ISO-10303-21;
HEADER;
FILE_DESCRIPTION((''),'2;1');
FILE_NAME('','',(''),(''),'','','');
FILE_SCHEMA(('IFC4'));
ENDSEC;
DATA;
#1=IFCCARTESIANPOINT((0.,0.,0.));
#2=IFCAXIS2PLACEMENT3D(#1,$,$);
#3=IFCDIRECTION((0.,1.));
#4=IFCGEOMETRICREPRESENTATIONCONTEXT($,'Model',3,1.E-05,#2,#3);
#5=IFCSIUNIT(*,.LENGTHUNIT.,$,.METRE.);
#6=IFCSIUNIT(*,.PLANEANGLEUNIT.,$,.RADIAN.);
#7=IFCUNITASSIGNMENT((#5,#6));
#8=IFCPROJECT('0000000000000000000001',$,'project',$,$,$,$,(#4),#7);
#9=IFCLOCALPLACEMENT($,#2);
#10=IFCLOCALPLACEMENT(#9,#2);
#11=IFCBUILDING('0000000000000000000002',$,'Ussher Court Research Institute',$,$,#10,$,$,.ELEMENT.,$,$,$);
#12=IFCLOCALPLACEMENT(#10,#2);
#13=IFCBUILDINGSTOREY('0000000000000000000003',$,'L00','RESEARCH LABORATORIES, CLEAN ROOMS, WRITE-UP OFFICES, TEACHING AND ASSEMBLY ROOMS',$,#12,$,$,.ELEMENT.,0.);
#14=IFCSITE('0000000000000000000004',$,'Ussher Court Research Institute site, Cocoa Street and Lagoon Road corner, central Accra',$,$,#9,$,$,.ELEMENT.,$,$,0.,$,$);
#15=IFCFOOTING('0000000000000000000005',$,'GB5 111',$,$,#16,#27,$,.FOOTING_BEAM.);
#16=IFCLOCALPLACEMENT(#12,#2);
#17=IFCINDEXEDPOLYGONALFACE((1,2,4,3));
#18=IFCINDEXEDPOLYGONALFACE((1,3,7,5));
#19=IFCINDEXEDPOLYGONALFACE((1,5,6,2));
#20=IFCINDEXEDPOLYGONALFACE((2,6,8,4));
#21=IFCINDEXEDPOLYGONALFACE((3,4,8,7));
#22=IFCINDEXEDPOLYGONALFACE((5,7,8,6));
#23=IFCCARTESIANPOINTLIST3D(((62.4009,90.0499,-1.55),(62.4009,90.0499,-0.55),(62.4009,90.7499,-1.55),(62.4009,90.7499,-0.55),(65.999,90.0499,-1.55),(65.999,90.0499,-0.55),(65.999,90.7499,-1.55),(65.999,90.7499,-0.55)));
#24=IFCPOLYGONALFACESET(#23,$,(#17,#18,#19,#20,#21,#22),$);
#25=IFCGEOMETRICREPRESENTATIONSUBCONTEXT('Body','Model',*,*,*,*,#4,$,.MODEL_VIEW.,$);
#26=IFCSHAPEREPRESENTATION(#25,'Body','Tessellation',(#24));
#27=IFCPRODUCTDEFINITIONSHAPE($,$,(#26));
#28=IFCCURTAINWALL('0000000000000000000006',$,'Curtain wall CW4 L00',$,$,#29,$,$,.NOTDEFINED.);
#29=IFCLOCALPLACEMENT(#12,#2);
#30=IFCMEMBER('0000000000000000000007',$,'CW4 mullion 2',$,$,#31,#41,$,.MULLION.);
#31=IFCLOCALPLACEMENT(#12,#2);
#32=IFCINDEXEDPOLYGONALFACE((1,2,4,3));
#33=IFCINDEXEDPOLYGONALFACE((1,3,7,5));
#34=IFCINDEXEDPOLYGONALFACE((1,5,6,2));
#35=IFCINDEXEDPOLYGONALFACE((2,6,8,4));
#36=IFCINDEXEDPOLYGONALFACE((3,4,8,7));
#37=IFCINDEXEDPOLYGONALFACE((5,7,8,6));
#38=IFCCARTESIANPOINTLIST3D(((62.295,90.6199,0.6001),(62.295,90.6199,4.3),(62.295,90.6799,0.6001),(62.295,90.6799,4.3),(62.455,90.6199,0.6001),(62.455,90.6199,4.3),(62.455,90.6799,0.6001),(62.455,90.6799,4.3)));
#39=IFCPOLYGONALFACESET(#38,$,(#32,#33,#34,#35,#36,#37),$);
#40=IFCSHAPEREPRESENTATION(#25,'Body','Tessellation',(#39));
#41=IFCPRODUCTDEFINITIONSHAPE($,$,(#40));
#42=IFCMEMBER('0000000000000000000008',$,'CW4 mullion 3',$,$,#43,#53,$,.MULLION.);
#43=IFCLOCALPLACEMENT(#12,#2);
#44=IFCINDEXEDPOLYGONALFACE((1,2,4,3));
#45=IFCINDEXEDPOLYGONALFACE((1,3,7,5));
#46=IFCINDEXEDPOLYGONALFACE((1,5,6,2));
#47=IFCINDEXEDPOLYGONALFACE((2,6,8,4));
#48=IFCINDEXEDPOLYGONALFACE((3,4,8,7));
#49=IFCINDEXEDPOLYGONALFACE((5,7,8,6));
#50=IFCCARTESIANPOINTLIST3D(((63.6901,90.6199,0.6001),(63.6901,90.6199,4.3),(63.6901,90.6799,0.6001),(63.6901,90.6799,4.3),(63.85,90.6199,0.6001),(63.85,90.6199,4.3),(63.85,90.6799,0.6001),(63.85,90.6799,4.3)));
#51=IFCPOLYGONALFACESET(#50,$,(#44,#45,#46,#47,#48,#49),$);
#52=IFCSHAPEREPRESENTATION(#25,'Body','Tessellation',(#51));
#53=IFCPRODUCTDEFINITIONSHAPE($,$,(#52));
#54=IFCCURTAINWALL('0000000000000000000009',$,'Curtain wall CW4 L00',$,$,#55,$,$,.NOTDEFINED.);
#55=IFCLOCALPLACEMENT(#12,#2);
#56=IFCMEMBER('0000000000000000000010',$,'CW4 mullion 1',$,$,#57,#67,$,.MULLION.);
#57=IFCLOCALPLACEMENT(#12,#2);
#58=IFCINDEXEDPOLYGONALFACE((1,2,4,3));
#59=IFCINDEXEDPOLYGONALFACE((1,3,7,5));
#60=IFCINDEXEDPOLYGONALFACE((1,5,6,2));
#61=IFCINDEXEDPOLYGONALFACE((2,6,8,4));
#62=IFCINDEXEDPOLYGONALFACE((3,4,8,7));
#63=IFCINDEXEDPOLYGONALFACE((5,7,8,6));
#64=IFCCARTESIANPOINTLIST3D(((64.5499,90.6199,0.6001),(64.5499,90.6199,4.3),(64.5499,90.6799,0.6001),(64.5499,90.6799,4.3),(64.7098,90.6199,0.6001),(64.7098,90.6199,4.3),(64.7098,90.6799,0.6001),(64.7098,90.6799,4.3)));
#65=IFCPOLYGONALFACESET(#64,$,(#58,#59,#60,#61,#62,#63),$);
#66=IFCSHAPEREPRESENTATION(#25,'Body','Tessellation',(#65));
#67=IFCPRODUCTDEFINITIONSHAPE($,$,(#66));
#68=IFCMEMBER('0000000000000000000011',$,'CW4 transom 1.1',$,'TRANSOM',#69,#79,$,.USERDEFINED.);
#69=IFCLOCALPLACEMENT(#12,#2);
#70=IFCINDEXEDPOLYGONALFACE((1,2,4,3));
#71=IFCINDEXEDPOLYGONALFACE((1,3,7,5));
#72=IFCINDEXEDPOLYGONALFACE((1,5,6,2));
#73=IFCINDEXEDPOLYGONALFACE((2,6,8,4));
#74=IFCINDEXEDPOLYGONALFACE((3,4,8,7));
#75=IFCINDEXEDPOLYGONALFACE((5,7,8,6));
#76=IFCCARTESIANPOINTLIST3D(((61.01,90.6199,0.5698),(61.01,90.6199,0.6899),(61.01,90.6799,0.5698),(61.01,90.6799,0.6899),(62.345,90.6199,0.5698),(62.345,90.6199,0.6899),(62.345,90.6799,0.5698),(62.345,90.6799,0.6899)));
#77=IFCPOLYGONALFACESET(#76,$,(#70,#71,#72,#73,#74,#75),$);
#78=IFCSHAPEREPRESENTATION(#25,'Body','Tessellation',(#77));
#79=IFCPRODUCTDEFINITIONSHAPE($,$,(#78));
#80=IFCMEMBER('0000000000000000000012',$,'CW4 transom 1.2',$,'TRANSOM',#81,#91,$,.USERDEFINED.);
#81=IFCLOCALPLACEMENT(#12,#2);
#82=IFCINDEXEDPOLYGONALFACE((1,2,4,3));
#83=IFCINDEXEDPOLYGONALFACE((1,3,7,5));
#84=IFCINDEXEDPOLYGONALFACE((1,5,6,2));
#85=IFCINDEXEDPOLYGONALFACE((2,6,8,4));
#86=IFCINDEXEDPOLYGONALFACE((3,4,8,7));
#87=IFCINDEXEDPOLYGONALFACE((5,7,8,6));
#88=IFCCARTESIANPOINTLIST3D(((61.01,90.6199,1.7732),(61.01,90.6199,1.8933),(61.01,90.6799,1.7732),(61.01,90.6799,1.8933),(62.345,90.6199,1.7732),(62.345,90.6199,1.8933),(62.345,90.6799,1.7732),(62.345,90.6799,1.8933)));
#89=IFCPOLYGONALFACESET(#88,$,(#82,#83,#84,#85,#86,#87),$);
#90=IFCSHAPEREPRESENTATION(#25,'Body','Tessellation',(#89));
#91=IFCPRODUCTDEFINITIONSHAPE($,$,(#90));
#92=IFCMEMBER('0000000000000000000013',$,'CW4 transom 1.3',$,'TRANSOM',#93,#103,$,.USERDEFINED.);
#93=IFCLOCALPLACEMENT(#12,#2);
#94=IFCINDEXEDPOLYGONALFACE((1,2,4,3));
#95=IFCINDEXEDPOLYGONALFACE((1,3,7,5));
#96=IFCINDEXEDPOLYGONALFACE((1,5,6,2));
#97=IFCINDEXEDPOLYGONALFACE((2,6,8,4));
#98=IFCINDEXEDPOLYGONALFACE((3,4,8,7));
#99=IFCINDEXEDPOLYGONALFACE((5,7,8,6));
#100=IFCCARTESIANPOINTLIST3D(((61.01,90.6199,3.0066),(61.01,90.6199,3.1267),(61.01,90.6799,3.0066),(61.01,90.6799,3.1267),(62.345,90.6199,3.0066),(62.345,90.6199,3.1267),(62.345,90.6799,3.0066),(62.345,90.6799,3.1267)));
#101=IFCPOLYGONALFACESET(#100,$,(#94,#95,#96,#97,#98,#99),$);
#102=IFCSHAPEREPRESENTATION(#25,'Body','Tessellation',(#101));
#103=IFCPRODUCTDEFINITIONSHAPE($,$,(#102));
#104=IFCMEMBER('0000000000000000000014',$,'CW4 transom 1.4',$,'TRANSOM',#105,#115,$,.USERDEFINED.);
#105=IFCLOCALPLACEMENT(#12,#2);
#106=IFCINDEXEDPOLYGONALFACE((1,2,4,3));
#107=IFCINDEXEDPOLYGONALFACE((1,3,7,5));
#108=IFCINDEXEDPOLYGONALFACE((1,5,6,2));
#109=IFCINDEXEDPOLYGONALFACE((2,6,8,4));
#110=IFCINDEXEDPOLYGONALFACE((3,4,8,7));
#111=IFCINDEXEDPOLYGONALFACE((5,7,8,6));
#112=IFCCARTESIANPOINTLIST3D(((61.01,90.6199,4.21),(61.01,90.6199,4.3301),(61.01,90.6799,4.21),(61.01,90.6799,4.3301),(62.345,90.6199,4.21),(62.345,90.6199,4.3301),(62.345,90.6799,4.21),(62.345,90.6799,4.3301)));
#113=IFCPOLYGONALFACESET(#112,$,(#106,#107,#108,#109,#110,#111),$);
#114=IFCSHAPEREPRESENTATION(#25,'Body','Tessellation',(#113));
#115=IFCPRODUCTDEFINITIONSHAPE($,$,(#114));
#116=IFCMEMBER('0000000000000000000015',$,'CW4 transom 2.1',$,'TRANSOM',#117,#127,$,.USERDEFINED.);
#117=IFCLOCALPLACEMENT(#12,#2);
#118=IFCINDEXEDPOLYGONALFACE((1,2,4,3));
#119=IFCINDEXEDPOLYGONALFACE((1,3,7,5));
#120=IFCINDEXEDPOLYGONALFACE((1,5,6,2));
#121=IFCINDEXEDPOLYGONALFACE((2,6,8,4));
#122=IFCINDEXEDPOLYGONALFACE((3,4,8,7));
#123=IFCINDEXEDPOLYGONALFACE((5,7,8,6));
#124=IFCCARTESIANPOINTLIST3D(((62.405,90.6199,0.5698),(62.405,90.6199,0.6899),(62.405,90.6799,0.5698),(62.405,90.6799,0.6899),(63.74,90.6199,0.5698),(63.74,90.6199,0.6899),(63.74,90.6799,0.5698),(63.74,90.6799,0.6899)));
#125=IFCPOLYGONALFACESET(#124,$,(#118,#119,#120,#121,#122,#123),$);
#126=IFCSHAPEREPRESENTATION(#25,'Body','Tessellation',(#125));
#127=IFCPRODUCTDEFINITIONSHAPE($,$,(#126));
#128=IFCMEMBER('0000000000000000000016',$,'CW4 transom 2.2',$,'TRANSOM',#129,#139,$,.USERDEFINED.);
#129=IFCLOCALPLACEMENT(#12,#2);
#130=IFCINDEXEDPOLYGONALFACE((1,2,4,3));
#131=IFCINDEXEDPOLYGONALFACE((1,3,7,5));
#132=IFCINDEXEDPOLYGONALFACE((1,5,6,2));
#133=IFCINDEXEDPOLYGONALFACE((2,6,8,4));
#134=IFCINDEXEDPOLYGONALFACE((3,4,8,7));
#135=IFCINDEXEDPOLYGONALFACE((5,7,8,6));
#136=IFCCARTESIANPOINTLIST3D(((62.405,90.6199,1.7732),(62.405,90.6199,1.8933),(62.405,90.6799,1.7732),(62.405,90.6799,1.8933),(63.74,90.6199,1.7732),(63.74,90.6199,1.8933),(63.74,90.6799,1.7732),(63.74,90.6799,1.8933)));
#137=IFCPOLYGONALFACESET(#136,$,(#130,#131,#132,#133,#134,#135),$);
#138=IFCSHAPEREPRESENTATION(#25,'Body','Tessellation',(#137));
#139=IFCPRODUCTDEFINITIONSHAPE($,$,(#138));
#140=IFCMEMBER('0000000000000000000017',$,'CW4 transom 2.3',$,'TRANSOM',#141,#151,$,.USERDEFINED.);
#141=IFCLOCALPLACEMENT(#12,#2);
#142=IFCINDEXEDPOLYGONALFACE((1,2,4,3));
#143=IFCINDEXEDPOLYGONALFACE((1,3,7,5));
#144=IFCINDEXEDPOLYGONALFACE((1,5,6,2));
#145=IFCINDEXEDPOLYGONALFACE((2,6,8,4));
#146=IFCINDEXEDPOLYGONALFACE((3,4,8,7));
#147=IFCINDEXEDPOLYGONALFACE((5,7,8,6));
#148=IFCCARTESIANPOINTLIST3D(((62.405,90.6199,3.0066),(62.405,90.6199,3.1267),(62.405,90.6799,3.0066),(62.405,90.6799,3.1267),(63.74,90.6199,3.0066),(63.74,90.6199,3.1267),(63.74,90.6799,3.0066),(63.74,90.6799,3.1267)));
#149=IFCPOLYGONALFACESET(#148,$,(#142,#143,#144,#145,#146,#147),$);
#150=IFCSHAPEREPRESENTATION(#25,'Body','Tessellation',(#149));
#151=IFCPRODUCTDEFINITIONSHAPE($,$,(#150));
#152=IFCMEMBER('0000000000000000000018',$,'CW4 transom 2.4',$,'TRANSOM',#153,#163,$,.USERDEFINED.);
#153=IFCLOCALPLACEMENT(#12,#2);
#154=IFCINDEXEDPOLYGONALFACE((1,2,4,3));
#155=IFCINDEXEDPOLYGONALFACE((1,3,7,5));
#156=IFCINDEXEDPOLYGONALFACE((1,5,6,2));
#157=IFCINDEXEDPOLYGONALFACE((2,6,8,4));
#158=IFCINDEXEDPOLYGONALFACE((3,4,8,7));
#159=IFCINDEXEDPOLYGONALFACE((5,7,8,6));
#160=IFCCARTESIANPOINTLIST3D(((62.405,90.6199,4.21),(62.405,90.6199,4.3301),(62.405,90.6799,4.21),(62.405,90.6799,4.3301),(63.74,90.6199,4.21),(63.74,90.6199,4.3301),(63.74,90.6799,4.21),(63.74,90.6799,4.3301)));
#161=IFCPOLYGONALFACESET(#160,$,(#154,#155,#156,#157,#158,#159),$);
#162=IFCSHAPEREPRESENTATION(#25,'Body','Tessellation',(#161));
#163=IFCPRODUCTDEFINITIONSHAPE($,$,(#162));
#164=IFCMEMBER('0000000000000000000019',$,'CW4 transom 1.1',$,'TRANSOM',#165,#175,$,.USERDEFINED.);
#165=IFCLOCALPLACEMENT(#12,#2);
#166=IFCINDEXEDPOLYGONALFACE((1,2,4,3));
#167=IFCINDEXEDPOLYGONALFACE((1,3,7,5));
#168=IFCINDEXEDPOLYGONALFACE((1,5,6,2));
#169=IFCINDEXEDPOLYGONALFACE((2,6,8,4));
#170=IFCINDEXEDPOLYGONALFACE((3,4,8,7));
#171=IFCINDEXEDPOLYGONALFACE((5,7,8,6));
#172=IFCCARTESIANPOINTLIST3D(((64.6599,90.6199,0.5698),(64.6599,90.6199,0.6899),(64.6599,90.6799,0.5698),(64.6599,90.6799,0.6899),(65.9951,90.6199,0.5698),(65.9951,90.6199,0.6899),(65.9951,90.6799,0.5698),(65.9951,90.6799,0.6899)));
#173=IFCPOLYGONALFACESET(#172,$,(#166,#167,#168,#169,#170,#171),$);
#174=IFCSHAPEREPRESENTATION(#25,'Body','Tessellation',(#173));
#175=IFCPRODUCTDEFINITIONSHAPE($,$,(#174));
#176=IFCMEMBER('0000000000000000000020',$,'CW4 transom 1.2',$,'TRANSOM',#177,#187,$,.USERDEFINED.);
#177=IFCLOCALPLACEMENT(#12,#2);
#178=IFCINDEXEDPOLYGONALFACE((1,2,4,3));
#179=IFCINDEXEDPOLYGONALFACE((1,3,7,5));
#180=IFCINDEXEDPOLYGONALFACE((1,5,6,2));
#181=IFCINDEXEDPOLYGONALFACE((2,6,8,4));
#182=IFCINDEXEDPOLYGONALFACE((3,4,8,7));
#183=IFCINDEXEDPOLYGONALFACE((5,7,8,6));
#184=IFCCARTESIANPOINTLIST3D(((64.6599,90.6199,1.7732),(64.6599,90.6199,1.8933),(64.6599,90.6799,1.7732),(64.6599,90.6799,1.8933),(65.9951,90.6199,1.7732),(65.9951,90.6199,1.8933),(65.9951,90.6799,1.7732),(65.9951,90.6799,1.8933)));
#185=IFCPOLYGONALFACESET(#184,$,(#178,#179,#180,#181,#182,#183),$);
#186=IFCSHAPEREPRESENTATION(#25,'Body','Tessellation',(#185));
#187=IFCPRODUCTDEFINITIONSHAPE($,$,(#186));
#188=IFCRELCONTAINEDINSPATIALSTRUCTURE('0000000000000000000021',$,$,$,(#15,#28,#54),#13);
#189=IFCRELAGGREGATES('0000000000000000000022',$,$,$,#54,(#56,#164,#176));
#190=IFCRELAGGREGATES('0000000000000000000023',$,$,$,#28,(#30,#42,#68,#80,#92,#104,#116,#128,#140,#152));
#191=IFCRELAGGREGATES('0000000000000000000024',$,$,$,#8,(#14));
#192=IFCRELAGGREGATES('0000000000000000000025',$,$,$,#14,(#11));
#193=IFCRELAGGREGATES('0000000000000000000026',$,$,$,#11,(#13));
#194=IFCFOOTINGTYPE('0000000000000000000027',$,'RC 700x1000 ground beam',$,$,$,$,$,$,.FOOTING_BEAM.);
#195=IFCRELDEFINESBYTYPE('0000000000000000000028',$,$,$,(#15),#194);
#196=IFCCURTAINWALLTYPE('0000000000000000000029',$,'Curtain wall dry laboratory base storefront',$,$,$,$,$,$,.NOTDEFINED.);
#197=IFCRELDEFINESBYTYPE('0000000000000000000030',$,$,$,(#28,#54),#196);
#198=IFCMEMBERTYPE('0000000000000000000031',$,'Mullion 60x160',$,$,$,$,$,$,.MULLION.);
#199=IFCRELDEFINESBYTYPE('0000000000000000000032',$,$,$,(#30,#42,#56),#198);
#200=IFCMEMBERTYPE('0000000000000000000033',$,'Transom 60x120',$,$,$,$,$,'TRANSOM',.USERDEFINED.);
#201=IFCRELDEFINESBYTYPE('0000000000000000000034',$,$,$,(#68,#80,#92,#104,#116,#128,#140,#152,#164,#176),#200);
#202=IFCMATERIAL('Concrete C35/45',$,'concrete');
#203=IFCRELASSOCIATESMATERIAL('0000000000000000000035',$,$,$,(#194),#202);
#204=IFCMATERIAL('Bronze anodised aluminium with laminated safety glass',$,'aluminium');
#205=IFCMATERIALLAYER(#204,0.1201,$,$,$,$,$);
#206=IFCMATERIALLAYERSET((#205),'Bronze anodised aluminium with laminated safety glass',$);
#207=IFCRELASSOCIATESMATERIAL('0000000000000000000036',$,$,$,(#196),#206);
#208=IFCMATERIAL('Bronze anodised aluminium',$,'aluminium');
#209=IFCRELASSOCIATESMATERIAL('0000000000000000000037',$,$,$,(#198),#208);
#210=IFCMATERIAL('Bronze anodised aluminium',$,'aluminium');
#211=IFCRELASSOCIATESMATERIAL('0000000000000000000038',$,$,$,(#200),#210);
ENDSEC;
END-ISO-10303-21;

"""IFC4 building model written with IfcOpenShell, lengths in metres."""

from ifc_helpers import new_model, si_unit, direction, frame, origin, origin_2d, place, context, subcontext, project, spatial, rectangle, extrude, material, layer, layer_set, material_profile, profile_set, type_object, element, aggregate, save


model = new_model("IFC4")

# Units and contexts
model_context = context("Model", 3, precision=1e-05, world=origin(), true_north=direction((0.0, 1.0)))
body_context = subcontext(model_context, "Body", "Model", "MODEL_VIEW")
ifc_project = project(units=[si_unit("LENGTHUNIT", "METRE"), si_unit("PLANEANGLEUNIT", "RADIAN")], contexts=[model_context])

# Site, building, storey
site_placement = place(None, origin())
site = spatial("IfcSite", under=ifc_project, at=site_placement, Name="Ussher Court Research Institute site, Cocoa Street and Lagoon Road corner, central Accra", CompositionType="ELEMENT", RefElevation=0.0)
building_placement = place(site_placement, origin())
building = spatial("IfcBuilding", under=site, at=building_placement, Name="Ussher Court Research Institute", CompositionType="ELEMENT")
storey_placement = place(building_placement, origin())
storey = spatial("IfcBuildingStorey", under=building, at=storey_placement, Name="L00", Description="RESEARCH LABORATORIES, CLEAN ROOMS, WRITE-UP OFFICES, TEACHING AND ASSEMBLY ROOMS", CompositionType="ELEMENT", Elevation=0.0)

# Footing
ifc_material_1 = material(Name="Concrete C35/45", Category="concrete")
ifc_material_profile_1 = material_profile(ifc_material_1, rectangle(XDim=0.7, YDim=1.0, at=origin_2d()), Name="RC 700x1000")
ifc_profile_set_1 = profile_set([ifc_material_profile_1], Name="Concrete C35/45")
footing_type = type_object("IfcFootingType", Name="RC 700x1000 ground beam", PredefinedType="FOOTING_BEAM", material=ifc_profile_set_1)
footing_placement = place(storey_placement, frame((62.4009, 90.3999, -1.05), z_axis=(1.0, 0.0, 0.0), x_axis=(0.0, 1.0, 0.0)))
element("IfcFooting", 1, at=footing_placement, inside=storey, type_object=footing_type, Name="GB5 111", PredefinedType="FOOTING_BEAM", context=body_context, shape_type="SweptSolid", body=[
    extrude(rectangle(XDim=0.7, YDim=1.0, at=origin_2d()), origin(), (0.0, 0.0, 1.0), 3.5981),
])

# Curtain wall, members
ifc_material_2 = material(Name="Bronze anodised aluminium with laminated safety glass", Category="aluminium")
ifc_layer_1 = layer(ifc_material_2, 0.1201)
ifc_layer_set_1 = layer_set([ifc_layer_1], Name="Bronze anodised aluminium with laminated safety glass")
curtain_wall_type = type_object("IfcCurtainWallType", Name="Curtain wall dry laboratory base storefront", PredefinedType="NOTDEFINED", material=ifc_layer_set_1)
curtain_wall_1_placement = place(storey_placement, origin())
curtain_wall_1 = element("IfcCurtainWall", 2, at=curtain_wall_1_placement, inside=storey, type_object=curtain_wall_type, Name="Curtain wall CW4 L00", PredefinedType="NOTDEFINED")
ifc_material_3 = material(Name="Bronze anodised aluminium", Category="aluminium")
ifc_material_profile_2 = material_profile(ifc_material_3, rectangle(XDim=0.0601, YDim=0.1599, at=origin_2d()), Name="Mullion 60x160")
ifc_profile_set_2 = profile_set([ifc_material_profile_2], Name="Bronze anodised aluminium")
member_type_1 = type_object("IfcMemberType", Name="Mullion 60x160", PredefinedType="MULLION", material=ifc_profile_set_2)
member_1_placement = place(storey_placement, frame((62.375, 90.6499, 0.6001), z_axis=(0.0, 0.0, 1.0), x_axis=(0.0, 1.0, 0.0)))
member_1 = element("IfcMember", 3, at=member_1_placement, type_object=member_type_1, Name="CW4 mullion 2", PredefinedType="MULLION", context=body_context, shape_type="SweptSolid", body=[
    extrude(rectangle(XDim=0.0601, YDim=0.1599, at=origin_2d()), origin(), (0.0, 0.0, 1.0), 3.7),
])
member_2_placement = place(storey_placement, frame((63.77, 90.6499, 0.6001), z_axis=(0.0, 0.0, 1.0), x_axis=(0.0, 1.0, 0.0)))
member_2 = element("IfcMember", 4, at=member_2_placement, type_object=member_type_1, Name="CW4 mullion 3", PredefinedType="MULLION", context=body_context, shape_type="SweptSolid", body=[
    extrude(rectangle(XDim=0.0601, YDim=0.1599, at=origin_2d()), origin(), (0.0, 0.0, 1.0), 3.7),
])

# Curtain wall, member
curtain_wall_2_placement = place(storey_placement, origin())
curtain_wall_2 = element("IfcCurtainWall", 5, at=curtain_wall_2_placement, inside=storey, type_object=curtain_wall_type, Name="Curtain wall CW4 L00", PredefinedType="NOTDEFINED")
member_3_placement = place(storey_placement, frame((64.6299, 90.6499, 0.6001), z_axis=(0.0, 0.0, 1.0), x_axis=(0.0, 1.0, 0.0)))
member_3 = element("IfcMember", 6, at=member_3_placement, type_object=member_type_1, Name="CW4 mullion 1", PredefinedType="MULLION", context=body_context, shape_type="SweptSolid", body=[
    extrude(rectangle(XDim=0.0601, YDim=0.1599, at=origin_2d()), origin(), (0.0, 0.0, 1.0), 3.7),
])

# Members
ifc_material_4 = material(Name="Bronze anodised aluminium", Category="aluminium")
ifc_material_profile_3 = material_profile(ifc_material_4, rectangle(XDim=0.0601, YDim=0.1201, at=origin_2d()), Name="Transom 60x120")
ifc_profile_set_3 = profile_set([ifc_material_profile_3], Name="Bronze anodised aluminium")
member_type_2 = type_object("IfcMemberType", Name="Transom 60x120", ElementType="TRANSOM", PredefinedType="USERDEFINED", material=ifc_profile_set_3)
member_4_placement = place(storey_placement, frame((61.01, 90.6499, 0.6299), z_axis=(1.0, 0.0, 0.0), x_axis=(0.0, 1.0, 0.0)))
member_4 = element("IfcMember", 7, at=member_4_placement, type_object=member_type_2, Name="CW4 transom 1.1", ObjectType="TRANSOM", PredefinedType="USERDEFINED", context=body_context, shape_type="SweptSolid", body=[
    extrude(rectangle(XDim=0.0601, YDim=0.1201, at=origin_2d()), origin(), (0.0, 0.0, 1.0), 1.335),
])
member_5_placement = place(storey_placement, frame((61.01, 90.6499, 1.8333), z_axis=(1.0, 0.0, 0.0), x_axis=(0.0, 1.0, 0.0)))
member_5 = element("IfcMember", 8, at=member_5_placement, type_object=member_type_2, Name="CW4 transom 1.2", ObjectType="TRANSOM", PredefinedType="USERDEFINED", context=body_context, shape_type="SweptSolid", body=[
    extrude(rectangle(XDim=0.0601, YDim=0.1201, at=origin_2d()), origin(), (0.0, 0.0, 1.0), 1.335),
])
member_6_placement = place(storey_placement, frame((61.01, 90.6499, 3.0667), z_axis=(1.0, 0.0, 0.0), x_axis=(0.0, 1.0, 0.0)))
member_6 = element("IfcMember", 9, at=member_6_placement, type_object=member_type_2, Name="CW4 transom 1.3", ObjectType="TRANSOM", PredefinedType="USERDEFINED", context=body_context, shape_type="SweptSolid", body=[
    extrude(rectangle(XDim=0.0601, YDim=0.1201, at=origin_2d()), origin(), (0.0, 0.0, 1.0), 1.335),
])
member_7_placement = place(storey_placement, frame((61.01, 90.6499, 4.27), z_axis=(1.0, 0.0, 0.0), x_axis=(0.0, 1.0, 0.0)))
member_7 = element("IfcMember", 10, at=member_7_placement, type_object=member_type_2, Name="CW4 transom 1.4", ObjectType="TRANSOM", PredefinedType="USERDEFINED", context=body_context, shape_type="SweptSolid", body=[
    extrude(rectangle(XDim=0.0601, YDim=0.1201, at=origin_2d()), origin(), (0.0, 0.0, 1.0), 1.335),
])
member_8_placement = place(storey_placement, frame((62.405, 90.6499, 0.6299), z_axis=(1.0, 0.0, 0.0), x_axis=(0.0, 1.0, 0.0)))
member_8 = element("IfcMember", 11, at=member_8_placement, type_object=member_type_2, Name="CW4 transom 2.1", ObjectType="TRANSOM", PredefinedType="USERDEFINED", context=body_context, shape_type="SweptSolid", body=[
    extrude(rectangle(XDim=0.0601, YDim=0.1201, at=origin_2d()), origin(), (0.0, 0.0, 1.0), 1.335),
])
member_9_placement = place(storey_placement, frame((62.405, 90.6499, 1.8333), z_axis=(1.0, 0.0, 0.0), x_axis=(0.0, 1.0, 0.0)))
member_9 = element("IfcMember", 12, at=member_9_placement, type_object=member_type_2, Name="CW4 transom 2.2", ObjectType="TRANSOM", PredefinedType="USERDEFINED", context=body_context, shape_type="SweptSolid", body=[
    extrude(rectangle(XDim=0.0601, YDim=0.1201, at=origin_2d()), origin(), (0.0, 0.0, 1.0), 1.335),
])
member_10_placement = place(storey_placement, frame((62.405, 90.6499, 3.0667), z_axis=(1.0, 0.0, 0.0), x_axis=(0.0, 1.0, 0.0)))
member_10 = element("IfcMember", 13, at=member_10_placement, type_object=member_type_2, Name="CW4 transom 2.3", ObjectType="TRANSOM", PredefinedType="USERDEFINED", context=body_context, shape_type="SweptSolid", body=[
    extrude(rectangle(XDim=0.0601, YDim=0.1201, at=origin_2d()), origin(), (0.0, 0.0, 1.0), 1.335),
])
member_11_placement = place(storey_placement, frame((62.405, 90.6499, 4.27), z_axis=(1.0, 0.0, 0.0), x_axis=(0.0, 1.0, 0.0)))
member_11 = element("IfcMember", 14, at=member_11_placement, type_object=member_type_2, Name="CW4 transom 2.4", ObjectType="TRANSOM", PredefinedType="USERDEFINED", context=body_context, shape_type="SweptSolid", body=[
    extrude(rectangle(XDim=0.0601, YDim=0.1201, at=origin_2d()), origin(), (0.0, 0.0, 1.0), 1.335),
])
member_12_placement = place(storey_placement, frame((64.6599, 90.6499, 0.6299), z_axis=(1.0, 0.0, 0.0), x_axis=(0.0, 1.0, 0.0)))
member_12 = element("IfcMember", 15, at=member_12_placement, type_object=member_type_2, Name="CW4 transom 1.1", ObjectType="TRANSOM", PredefinedType="USERDEFINED", context=body_context, shape_type="SweptSolid", body=[
    extrude(rectangle(XDim=0.0601, YDim=0.1201, at=origin_2d()), origin(), (0.0, 0.0, 1.0), 1.3352),
])
member_13_placement = place(storey_placement, frame((64.6599, 90.6499, 1.8333), z_axis=(1.0, 0.0, 0.0), x_axis=(0.0, 1.0, 0.0)))
member_13 = element("IfcMember", 16, at=member_13_placement, type_object=member_type_2, Name="CW4 transom 1.2", ObjectType="TRANSOM", PredefinedType="USERDEFINED", context=body_context, shape_type="SweptSolid", body=[
    extrude(rectangle(XDim=0.0601, YDim=0.1201, at=origin_2d()), origin(), (0.0, 0.0, 1.0), 1.3352),
])
aggregate(curtain_wall_2, [member_3, member_12, member_13])

aggregate(curtain_wall_1, [member_1, member_2, member_4, member_5, member_6, member_7, member_8, member_9, member_10, member_11])

save(model, "model.ifc")
